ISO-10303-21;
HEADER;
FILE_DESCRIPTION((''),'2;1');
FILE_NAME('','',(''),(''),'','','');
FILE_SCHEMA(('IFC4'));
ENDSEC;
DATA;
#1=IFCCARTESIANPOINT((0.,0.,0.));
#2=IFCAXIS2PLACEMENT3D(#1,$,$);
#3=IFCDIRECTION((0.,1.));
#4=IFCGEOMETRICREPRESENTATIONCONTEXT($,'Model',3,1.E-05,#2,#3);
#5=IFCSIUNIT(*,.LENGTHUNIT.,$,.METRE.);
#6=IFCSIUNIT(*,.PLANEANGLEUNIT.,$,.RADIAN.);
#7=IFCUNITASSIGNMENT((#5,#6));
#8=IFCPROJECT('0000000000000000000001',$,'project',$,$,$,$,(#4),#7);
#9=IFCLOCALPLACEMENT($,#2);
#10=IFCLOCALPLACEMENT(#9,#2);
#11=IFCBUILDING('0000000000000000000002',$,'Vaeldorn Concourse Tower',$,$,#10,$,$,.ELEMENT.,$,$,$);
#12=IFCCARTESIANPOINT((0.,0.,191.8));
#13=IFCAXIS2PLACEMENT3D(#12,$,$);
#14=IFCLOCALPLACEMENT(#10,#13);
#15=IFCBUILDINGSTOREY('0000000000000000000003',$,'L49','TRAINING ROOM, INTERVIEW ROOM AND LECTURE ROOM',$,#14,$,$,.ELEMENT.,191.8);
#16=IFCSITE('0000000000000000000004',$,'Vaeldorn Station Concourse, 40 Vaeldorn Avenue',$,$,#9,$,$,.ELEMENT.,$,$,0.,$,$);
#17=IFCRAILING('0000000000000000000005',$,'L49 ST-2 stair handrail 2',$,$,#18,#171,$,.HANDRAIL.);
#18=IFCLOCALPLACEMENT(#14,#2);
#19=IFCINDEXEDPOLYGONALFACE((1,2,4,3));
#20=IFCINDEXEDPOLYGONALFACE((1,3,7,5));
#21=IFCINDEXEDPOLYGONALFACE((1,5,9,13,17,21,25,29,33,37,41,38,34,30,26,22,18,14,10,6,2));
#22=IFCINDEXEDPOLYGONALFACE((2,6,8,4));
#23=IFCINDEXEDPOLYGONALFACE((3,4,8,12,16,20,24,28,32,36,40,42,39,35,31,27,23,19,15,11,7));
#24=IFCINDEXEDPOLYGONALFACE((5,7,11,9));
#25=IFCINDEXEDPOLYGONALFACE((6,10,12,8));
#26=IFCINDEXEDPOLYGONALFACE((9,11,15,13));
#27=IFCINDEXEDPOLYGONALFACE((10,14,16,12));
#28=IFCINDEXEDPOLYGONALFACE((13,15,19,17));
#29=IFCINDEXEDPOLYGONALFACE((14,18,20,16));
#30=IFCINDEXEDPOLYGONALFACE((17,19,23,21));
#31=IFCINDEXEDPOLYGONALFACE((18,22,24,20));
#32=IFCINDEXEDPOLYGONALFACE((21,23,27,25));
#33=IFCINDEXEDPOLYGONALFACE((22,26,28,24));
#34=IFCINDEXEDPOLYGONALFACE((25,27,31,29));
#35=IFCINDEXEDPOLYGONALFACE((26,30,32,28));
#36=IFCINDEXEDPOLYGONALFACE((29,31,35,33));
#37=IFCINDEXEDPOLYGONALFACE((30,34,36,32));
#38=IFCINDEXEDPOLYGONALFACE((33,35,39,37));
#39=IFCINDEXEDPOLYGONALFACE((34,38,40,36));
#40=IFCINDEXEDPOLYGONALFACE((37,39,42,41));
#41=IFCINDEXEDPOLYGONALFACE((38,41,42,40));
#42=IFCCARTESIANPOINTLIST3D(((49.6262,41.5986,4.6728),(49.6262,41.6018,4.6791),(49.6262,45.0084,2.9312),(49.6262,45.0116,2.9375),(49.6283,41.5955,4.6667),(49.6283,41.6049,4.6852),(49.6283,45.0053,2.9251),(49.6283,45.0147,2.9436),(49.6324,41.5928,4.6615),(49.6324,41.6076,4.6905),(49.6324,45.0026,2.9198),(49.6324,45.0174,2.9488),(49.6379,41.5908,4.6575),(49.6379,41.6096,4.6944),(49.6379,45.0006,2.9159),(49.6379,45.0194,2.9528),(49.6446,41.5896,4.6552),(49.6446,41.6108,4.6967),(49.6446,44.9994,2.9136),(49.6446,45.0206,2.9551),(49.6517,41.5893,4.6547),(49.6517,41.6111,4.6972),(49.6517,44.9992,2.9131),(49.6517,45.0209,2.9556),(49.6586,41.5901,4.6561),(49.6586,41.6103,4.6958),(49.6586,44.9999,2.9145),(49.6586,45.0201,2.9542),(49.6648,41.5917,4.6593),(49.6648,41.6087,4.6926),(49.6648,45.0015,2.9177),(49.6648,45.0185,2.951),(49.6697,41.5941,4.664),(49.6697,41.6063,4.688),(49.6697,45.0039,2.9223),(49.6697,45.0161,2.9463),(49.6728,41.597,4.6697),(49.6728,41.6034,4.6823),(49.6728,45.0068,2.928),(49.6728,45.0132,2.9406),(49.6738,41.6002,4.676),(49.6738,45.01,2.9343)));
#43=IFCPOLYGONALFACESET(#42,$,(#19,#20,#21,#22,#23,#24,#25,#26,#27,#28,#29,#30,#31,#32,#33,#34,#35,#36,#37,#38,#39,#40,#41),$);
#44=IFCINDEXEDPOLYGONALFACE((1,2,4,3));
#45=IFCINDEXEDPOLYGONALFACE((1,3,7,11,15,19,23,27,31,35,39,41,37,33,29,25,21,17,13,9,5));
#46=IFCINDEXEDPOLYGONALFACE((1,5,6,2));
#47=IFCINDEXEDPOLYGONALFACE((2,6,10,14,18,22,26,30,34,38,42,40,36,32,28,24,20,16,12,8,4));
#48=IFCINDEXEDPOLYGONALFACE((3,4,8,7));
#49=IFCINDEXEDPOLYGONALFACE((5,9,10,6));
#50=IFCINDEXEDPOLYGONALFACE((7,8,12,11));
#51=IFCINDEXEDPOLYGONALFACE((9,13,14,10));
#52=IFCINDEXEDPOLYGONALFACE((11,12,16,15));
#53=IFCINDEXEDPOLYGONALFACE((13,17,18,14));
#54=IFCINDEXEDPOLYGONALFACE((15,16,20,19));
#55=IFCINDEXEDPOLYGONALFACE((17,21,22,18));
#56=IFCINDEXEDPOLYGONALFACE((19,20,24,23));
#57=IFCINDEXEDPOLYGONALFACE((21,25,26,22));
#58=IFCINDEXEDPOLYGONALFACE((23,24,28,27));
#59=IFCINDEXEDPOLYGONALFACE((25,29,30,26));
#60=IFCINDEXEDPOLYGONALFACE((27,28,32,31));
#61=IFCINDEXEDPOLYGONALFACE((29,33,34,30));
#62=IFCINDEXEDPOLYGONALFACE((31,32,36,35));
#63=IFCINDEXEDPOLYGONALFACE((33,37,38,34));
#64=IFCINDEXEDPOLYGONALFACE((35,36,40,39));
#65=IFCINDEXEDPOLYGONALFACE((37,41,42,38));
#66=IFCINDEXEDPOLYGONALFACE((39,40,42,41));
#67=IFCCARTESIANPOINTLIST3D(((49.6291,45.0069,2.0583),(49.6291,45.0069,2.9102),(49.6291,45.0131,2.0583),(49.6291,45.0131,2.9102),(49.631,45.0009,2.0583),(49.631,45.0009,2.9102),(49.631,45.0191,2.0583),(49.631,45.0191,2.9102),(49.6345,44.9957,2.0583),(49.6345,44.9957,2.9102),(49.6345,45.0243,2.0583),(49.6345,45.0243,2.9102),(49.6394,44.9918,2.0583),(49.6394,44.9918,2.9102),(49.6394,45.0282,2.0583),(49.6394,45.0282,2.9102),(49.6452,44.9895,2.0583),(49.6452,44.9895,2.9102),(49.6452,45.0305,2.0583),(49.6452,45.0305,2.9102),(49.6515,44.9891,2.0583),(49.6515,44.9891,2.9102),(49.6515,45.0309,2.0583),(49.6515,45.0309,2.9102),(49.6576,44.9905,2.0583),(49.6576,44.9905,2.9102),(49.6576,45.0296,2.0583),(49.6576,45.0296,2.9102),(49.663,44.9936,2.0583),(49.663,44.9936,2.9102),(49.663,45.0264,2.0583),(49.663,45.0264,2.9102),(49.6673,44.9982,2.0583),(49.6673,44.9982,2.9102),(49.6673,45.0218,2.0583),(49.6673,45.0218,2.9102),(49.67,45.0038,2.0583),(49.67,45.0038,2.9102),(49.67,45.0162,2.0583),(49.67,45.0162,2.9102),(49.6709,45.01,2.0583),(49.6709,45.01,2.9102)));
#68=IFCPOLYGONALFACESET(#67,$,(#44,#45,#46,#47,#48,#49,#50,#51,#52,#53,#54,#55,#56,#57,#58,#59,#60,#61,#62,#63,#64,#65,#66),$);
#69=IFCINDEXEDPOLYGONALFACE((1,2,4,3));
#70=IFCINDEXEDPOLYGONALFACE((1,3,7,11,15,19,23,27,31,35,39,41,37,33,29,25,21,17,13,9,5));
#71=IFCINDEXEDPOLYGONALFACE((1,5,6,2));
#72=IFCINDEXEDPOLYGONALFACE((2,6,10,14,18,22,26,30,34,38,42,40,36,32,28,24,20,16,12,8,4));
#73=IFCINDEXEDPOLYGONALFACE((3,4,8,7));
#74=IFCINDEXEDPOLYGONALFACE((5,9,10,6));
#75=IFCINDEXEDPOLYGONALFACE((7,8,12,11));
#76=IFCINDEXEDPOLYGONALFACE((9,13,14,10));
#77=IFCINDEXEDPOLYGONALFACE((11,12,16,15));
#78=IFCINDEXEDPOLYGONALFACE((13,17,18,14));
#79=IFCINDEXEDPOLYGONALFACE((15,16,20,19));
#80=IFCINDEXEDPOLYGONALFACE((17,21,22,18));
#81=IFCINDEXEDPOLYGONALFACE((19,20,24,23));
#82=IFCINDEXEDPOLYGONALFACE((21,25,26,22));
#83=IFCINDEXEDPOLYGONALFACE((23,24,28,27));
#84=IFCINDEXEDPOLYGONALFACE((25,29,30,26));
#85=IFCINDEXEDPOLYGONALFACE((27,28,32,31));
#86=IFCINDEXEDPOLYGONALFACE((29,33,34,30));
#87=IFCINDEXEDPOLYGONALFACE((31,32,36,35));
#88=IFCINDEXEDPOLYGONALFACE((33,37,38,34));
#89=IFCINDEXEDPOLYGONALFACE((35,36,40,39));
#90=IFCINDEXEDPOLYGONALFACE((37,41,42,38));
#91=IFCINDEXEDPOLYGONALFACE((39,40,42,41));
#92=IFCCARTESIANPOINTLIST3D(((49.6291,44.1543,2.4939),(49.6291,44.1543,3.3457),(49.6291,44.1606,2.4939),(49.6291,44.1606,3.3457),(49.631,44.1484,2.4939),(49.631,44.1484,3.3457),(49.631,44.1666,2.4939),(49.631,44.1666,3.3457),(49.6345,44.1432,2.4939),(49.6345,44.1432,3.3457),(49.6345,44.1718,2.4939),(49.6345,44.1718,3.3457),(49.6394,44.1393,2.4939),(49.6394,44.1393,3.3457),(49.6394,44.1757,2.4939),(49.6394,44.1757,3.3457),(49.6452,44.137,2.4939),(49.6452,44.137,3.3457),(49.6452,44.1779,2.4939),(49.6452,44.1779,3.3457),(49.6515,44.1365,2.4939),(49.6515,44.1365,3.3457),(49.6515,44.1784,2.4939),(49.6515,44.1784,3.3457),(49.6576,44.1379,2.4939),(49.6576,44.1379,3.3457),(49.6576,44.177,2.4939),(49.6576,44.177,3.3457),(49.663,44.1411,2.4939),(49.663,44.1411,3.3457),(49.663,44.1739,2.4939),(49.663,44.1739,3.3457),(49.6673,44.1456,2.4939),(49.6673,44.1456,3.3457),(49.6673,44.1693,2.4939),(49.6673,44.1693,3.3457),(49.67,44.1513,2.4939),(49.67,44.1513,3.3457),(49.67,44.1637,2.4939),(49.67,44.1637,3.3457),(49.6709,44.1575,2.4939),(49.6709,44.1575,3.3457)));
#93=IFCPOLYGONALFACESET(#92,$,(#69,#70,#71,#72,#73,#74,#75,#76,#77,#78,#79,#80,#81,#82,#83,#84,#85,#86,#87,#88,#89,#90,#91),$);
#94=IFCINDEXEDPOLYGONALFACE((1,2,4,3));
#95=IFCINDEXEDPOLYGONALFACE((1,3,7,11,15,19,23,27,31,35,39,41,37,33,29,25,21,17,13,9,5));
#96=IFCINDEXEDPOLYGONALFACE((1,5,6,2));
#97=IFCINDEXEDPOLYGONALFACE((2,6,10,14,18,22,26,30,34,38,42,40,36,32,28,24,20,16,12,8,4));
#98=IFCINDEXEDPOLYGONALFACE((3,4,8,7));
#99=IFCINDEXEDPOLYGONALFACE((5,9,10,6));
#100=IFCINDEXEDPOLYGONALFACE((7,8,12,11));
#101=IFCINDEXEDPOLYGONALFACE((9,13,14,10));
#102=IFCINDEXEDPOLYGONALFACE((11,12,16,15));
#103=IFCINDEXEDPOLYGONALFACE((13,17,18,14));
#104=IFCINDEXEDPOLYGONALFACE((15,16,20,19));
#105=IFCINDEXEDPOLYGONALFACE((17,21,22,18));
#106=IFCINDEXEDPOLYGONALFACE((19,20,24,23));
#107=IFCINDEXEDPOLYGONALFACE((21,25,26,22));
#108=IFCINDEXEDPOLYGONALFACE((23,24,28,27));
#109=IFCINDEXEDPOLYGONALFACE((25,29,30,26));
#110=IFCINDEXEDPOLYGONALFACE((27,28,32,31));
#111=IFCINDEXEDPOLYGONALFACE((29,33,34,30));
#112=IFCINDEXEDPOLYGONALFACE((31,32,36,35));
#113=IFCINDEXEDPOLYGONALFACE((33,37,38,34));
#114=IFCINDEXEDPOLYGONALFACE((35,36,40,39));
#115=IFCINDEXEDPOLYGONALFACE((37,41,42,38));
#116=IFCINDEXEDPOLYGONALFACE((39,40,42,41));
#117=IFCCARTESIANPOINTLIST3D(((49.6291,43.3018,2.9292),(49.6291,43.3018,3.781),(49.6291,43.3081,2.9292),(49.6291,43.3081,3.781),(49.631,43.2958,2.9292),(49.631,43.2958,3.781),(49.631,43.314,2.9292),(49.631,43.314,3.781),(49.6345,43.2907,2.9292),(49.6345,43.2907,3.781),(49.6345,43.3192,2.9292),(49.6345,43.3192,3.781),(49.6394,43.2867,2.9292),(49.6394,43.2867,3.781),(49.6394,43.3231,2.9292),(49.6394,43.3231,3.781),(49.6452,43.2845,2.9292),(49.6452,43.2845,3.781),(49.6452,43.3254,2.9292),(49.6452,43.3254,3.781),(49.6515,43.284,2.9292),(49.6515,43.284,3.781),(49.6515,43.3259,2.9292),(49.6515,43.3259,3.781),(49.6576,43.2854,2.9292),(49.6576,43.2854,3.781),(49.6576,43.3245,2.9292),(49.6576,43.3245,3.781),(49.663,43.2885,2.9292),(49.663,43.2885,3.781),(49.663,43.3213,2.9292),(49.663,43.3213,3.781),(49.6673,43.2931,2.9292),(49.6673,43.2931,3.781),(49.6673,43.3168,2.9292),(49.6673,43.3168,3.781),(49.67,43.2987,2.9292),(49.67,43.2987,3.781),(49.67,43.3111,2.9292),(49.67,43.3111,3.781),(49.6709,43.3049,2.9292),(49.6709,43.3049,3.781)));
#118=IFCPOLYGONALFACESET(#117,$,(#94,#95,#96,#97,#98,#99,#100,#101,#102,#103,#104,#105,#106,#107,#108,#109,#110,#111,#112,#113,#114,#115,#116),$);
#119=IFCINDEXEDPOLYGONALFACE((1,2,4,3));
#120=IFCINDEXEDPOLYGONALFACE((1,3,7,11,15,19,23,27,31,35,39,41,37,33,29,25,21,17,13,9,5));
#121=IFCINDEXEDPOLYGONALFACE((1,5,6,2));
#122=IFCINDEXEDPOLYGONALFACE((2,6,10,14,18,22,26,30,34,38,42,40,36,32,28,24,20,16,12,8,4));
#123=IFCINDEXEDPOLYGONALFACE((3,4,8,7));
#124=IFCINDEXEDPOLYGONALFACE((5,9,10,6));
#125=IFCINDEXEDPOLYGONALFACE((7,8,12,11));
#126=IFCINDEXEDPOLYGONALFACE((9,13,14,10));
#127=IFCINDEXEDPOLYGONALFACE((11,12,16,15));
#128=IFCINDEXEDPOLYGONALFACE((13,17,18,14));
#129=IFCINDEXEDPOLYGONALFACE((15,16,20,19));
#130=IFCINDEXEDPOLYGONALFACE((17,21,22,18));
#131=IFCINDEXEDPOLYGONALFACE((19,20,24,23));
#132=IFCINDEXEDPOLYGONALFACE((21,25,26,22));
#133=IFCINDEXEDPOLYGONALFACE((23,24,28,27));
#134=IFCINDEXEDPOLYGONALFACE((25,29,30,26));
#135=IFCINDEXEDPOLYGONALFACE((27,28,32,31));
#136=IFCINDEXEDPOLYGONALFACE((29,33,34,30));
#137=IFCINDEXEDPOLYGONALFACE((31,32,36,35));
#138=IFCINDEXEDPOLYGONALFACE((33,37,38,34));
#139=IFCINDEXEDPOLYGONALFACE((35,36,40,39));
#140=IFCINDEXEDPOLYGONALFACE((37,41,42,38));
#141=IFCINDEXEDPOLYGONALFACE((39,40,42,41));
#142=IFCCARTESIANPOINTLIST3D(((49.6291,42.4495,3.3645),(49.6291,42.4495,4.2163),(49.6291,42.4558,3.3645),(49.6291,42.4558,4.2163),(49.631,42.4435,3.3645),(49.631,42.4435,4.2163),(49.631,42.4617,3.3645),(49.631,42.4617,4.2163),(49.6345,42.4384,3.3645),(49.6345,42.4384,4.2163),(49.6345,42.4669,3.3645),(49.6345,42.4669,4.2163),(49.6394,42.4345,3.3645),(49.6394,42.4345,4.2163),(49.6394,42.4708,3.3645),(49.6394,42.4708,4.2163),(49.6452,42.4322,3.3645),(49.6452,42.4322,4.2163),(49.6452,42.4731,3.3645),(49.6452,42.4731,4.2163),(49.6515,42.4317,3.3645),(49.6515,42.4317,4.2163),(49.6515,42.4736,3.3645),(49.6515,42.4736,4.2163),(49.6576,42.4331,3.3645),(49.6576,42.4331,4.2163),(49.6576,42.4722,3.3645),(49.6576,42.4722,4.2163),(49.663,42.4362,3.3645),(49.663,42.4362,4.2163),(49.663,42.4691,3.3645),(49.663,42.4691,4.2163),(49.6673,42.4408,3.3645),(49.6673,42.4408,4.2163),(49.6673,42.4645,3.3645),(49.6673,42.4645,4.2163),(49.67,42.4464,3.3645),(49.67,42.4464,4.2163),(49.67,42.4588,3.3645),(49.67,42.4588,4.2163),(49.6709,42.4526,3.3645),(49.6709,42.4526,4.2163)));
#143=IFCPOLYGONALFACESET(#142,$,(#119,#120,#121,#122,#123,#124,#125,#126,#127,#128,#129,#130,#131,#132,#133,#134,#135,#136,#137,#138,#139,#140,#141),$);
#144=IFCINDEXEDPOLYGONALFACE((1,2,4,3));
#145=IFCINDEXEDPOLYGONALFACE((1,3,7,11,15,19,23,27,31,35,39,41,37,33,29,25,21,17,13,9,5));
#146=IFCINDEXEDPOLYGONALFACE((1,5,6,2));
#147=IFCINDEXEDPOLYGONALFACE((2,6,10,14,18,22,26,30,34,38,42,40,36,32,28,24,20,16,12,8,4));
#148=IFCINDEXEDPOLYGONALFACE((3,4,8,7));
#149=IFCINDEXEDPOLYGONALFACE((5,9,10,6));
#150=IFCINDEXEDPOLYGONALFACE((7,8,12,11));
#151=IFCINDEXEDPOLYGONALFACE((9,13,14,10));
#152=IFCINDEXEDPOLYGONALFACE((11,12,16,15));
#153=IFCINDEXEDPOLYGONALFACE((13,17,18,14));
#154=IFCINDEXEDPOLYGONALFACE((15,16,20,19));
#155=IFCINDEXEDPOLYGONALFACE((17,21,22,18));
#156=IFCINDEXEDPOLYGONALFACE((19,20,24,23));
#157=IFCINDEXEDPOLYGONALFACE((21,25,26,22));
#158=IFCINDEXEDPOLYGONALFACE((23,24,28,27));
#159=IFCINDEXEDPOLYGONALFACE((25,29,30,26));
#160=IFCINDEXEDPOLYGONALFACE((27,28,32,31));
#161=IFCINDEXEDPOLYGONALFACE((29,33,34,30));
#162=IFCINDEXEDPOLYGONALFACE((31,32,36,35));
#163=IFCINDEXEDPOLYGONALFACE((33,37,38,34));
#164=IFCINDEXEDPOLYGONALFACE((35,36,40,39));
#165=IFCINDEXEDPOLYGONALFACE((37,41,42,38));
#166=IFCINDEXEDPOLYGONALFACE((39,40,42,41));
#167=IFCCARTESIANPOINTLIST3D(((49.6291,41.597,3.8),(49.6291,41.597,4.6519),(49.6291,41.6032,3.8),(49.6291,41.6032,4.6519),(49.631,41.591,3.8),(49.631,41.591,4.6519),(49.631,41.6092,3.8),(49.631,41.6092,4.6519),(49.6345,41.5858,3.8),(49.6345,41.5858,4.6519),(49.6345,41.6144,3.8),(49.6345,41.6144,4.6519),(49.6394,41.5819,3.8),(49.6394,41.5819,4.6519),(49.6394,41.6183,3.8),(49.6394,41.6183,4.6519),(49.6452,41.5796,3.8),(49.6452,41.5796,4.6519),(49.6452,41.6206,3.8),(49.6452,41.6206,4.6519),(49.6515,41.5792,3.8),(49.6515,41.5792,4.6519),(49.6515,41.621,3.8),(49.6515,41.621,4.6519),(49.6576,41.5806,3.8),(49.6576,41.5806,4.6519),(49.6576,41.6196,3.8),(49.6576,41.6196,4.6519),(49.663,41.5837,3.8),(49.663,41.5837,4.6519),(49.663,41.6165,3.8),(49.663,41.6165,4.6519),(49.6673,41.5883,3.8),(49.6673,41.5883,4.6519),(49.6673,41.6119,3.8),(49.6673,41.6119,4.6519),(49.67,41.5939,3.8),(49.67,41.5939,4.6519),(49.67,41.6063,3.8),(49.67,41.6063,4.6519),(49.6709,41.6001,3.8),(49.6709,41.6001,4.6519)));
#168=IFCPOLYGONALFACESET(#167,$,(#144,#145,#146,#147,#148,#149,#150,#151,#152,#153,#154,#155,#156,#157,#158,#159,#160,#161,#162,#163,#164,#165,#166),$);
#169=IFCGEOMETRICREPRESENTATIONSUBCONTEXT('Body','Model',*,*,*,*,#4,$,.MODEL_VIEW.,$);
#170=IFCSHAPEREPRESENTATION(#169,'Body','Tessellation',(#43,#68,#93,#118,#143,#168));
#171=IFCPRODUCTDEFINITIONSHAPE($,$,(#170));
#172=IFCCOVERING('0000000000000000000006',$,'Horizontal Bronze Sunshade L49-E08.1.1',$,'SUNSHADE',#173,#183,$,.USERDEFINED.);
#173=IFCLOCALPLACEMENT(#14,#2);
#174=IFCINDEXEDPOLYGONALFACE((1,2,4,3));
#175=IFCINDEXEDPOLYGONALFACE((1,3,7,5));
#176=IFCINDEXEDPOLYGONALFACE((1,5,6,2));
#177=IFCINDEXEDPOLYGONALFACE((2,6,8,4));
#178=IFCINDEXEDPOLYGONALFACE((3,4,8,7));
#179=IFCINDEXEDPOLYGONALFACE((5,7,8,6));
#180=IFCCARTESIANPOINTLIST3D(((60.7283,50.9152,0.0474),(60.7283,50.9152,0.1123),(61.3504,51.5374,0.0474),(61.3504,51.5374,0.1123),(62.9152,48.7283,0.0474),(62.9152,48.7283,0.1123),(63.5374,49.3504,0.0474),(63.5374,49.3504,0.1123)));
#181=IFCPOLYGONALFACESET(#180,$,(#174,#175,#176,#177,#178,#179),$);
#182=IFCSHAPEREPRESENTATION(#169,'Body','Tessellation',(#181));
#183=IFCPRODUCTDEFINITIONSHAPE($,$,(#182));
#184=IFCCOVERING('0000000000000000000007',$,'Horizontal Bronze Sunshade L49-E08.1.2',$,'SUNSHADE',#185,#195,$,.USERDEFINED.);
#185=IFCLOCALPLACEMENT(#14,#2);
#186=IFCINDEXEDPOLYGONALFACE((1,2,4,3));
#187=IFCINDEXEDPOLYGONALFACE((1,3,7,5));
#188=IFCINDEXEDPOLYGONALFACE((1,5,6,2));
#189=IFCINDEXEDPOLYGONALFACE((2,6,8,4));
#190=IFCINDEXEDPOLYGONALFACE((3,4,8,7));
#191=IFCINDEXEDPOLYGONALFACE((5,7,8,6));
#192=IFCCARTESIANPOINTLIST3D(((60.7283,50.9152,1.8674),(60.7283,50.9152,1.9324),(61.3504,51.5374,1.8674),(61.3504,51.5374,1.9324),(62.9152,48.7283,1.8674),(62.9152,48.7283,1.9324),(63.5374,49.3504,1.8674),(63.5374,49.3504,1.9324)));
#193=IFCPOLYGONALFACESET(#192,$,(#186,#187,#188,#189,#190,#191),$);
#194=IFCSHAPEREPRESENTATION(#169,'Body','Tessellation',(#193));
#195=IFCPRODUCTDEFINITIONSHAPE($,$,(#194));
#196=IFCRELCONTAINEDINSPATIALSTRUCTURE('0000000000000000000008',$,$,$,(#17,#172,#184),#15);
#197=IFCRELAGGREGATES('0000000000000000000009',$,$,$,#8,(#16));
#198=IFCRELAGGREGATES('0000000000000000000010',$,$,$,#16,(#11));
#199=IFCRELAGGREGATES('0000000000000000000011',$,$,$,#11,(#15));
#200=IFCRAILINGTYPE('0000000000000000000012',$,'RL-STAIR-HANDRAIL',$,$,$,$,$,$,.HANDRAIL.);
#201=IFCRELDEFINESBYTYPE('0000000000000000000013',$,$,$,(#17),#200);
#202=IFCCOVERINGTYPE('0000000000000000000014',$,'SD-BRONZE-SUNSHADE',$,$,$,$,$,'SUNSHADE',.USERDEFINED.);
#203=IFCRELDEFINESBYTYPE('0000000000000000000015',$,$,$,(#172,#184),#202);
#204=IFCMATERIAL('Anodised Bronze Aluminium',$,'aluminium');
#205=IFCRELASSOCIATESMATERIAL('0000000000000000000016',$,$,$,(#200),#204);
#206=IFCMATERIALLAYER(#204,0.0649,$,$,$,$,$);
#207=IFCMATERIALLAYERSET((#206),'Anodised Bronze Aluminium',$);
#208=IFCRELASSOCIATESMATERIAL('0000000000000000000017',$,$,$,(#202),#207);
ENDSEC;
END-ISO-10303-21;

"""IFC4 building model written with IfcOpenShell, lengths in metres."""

from ifc_helpers import new_model, si_unit, direction, frame, origin, origin_2d, place, context, subcontext, project, spatial, rectangle, circle, extrude, source, transform, mapped, material, layer, layer_set, type_object, element, save


model = new_model("IFC4")

# Units and contexts
model_context = context("Model", 3, precision=1e-05, world=origin(), true_north=direction((0.0, 1.0)))
body_context = subcontext(model_context, "Body", "Model", "MODEL_VIEW")
ifc_project = project(units=[si_unit("LENGTHUNIT", "METRE"), si_unit("PLANEANGLEUNIT", "RADIAN")], contexts=[model_context])

# Site, building, storey
site_placement = place(None, origin())
site = spatial("IfcSite", under=ifc_project, at=site_placement, Name="Vaeldorn Station Concourse, 40 Vaeldorn Avenue", CompositionType="ELEMENT", RefElevation=0.0)
building_placement = place(site_placement, origin())
building = spatial("IfcBuilding", under=site, at=building_placement, Name="Vaeldorn Concourse Tower", CompositionType="ELEMENT")
storey_placement = place(building_placement, frame((0.0, 0.0, 191.8)))
storey = spatial("IfcBuildingStorey", under=building, at=storey_placement, Name="L49", Description="TRAINING ROOM, INTERVIEW ROOM AND LECTURE ROOM", CompositionType="ELEMENT", Elevation=191.8)

# Shared definitions
ifc_material_1 = material(Name="Anodised Bronze Aluminium", Category="aluminium")

# Railing
railing_type_1 = type_object("IfcRailingType", Name="RL-STAIR-HANDRAIL", PredefinedType="HANDRAIL", material=ifc_material_1)
railing_1_placement = place(storey_placement, frame((49.6499, 45.01, 2.0583)))
element("IfcRailing", 1, at=railing_1_placement, inside=storey, type_object=railing_type_1, Name="L49 ST-2 stair handrail 2", PredefinedType="HANDRAIL", context=body_context, shape_type="SweptSolid", body=[
    extrude(circle(Radius=0.0239, at=origin_2d()), frame((0.0, 0.0, 0.876), z_axis=(0.0, -0.890556, 0.454874), x_axis=(1.0, 0.0, 0.0)), (0.0, 0.0, 1.0), 3.8289),
    extrude(circle(Radius=0.021, at=origin_2d()), origin(), (0.0, 0.0, 1.0), 0.8518),
    extrude(circle(Radius=0.021, at=origin_2d()), frame((0.0, -0.8525, 0.4355)), (0.0, 0.0, 1.0), 0.8518),
    extrude(circle(Radius=0.021, at=origin_2d()), frame((0.0, -1.7051, 0.8708)), (0.0, 0.0, 1.0), 0.8518),
    extrude(circle(Radius=0.021, at=origin_2d()), frame((0.0, -2.5574, 1.3062)), (0.0, 0.0, 1.0), 0.8518),
    extrude(circle(Radius=0.021, at=origin_2d()), frame((0.0, -3.4099, 1.7417)), (0.0, 0.0, 1.0), 0.8518),
])

# Coverings
ifc_layer_1 = layer(ifc_material_1, 0.0649)
ifc_layer_set_1 = layer_set([ifc_layer_1], Name="Anodised Bronze Aluminium")
covering_type = type_object("IfcCoveringType", Name="SD-BRONZE-SUNSHADE", ElementType="SUNSHADE", PredefinedType="USERDEFINED", material=ifc_layer_set_1)
shared_shape_1 = source(origin(), body_context, "Body", "SweptSolid", [
    extrude(rectangle(XDim=3.0928, YDim=0.8799, at=origin_2d()), origin(), (0.0, 0.0, 1.0), 0.0649),
])
for number, where, z_axis, x_axis, name in (
    (2, (62.1328, 50.1328, 0.0474), (0.0, 0.0, 1.0), (-0.707107, 0.707107, 0.0), "Horizontal Bronze Sunshade L49-E08.1.1"),
    (3, (62.1328, 50.1328, 1.8674), (0.0, 0.0, 1.0), (-0.707107, 0.707107, 0.0), "Horizontal Bronze Sunshade L49-E08.1.2"),
):
    element("IfcCovering", number, at=place(storey_placement, frame(where, z_axis=z_axis, x_axis=x_axis)), inside=storey, type_object=covering_type, Name=name, ObjectType="SUNSHADE", PredefinedType="USERDEFINED", context=body_context, shape_type="MappedRepresentation", body=[
        mapped(shared_shape_1, transform((0.0, 0.0, 0.0), scale=1.0)),
    ])

save(model, "model.ifc")
